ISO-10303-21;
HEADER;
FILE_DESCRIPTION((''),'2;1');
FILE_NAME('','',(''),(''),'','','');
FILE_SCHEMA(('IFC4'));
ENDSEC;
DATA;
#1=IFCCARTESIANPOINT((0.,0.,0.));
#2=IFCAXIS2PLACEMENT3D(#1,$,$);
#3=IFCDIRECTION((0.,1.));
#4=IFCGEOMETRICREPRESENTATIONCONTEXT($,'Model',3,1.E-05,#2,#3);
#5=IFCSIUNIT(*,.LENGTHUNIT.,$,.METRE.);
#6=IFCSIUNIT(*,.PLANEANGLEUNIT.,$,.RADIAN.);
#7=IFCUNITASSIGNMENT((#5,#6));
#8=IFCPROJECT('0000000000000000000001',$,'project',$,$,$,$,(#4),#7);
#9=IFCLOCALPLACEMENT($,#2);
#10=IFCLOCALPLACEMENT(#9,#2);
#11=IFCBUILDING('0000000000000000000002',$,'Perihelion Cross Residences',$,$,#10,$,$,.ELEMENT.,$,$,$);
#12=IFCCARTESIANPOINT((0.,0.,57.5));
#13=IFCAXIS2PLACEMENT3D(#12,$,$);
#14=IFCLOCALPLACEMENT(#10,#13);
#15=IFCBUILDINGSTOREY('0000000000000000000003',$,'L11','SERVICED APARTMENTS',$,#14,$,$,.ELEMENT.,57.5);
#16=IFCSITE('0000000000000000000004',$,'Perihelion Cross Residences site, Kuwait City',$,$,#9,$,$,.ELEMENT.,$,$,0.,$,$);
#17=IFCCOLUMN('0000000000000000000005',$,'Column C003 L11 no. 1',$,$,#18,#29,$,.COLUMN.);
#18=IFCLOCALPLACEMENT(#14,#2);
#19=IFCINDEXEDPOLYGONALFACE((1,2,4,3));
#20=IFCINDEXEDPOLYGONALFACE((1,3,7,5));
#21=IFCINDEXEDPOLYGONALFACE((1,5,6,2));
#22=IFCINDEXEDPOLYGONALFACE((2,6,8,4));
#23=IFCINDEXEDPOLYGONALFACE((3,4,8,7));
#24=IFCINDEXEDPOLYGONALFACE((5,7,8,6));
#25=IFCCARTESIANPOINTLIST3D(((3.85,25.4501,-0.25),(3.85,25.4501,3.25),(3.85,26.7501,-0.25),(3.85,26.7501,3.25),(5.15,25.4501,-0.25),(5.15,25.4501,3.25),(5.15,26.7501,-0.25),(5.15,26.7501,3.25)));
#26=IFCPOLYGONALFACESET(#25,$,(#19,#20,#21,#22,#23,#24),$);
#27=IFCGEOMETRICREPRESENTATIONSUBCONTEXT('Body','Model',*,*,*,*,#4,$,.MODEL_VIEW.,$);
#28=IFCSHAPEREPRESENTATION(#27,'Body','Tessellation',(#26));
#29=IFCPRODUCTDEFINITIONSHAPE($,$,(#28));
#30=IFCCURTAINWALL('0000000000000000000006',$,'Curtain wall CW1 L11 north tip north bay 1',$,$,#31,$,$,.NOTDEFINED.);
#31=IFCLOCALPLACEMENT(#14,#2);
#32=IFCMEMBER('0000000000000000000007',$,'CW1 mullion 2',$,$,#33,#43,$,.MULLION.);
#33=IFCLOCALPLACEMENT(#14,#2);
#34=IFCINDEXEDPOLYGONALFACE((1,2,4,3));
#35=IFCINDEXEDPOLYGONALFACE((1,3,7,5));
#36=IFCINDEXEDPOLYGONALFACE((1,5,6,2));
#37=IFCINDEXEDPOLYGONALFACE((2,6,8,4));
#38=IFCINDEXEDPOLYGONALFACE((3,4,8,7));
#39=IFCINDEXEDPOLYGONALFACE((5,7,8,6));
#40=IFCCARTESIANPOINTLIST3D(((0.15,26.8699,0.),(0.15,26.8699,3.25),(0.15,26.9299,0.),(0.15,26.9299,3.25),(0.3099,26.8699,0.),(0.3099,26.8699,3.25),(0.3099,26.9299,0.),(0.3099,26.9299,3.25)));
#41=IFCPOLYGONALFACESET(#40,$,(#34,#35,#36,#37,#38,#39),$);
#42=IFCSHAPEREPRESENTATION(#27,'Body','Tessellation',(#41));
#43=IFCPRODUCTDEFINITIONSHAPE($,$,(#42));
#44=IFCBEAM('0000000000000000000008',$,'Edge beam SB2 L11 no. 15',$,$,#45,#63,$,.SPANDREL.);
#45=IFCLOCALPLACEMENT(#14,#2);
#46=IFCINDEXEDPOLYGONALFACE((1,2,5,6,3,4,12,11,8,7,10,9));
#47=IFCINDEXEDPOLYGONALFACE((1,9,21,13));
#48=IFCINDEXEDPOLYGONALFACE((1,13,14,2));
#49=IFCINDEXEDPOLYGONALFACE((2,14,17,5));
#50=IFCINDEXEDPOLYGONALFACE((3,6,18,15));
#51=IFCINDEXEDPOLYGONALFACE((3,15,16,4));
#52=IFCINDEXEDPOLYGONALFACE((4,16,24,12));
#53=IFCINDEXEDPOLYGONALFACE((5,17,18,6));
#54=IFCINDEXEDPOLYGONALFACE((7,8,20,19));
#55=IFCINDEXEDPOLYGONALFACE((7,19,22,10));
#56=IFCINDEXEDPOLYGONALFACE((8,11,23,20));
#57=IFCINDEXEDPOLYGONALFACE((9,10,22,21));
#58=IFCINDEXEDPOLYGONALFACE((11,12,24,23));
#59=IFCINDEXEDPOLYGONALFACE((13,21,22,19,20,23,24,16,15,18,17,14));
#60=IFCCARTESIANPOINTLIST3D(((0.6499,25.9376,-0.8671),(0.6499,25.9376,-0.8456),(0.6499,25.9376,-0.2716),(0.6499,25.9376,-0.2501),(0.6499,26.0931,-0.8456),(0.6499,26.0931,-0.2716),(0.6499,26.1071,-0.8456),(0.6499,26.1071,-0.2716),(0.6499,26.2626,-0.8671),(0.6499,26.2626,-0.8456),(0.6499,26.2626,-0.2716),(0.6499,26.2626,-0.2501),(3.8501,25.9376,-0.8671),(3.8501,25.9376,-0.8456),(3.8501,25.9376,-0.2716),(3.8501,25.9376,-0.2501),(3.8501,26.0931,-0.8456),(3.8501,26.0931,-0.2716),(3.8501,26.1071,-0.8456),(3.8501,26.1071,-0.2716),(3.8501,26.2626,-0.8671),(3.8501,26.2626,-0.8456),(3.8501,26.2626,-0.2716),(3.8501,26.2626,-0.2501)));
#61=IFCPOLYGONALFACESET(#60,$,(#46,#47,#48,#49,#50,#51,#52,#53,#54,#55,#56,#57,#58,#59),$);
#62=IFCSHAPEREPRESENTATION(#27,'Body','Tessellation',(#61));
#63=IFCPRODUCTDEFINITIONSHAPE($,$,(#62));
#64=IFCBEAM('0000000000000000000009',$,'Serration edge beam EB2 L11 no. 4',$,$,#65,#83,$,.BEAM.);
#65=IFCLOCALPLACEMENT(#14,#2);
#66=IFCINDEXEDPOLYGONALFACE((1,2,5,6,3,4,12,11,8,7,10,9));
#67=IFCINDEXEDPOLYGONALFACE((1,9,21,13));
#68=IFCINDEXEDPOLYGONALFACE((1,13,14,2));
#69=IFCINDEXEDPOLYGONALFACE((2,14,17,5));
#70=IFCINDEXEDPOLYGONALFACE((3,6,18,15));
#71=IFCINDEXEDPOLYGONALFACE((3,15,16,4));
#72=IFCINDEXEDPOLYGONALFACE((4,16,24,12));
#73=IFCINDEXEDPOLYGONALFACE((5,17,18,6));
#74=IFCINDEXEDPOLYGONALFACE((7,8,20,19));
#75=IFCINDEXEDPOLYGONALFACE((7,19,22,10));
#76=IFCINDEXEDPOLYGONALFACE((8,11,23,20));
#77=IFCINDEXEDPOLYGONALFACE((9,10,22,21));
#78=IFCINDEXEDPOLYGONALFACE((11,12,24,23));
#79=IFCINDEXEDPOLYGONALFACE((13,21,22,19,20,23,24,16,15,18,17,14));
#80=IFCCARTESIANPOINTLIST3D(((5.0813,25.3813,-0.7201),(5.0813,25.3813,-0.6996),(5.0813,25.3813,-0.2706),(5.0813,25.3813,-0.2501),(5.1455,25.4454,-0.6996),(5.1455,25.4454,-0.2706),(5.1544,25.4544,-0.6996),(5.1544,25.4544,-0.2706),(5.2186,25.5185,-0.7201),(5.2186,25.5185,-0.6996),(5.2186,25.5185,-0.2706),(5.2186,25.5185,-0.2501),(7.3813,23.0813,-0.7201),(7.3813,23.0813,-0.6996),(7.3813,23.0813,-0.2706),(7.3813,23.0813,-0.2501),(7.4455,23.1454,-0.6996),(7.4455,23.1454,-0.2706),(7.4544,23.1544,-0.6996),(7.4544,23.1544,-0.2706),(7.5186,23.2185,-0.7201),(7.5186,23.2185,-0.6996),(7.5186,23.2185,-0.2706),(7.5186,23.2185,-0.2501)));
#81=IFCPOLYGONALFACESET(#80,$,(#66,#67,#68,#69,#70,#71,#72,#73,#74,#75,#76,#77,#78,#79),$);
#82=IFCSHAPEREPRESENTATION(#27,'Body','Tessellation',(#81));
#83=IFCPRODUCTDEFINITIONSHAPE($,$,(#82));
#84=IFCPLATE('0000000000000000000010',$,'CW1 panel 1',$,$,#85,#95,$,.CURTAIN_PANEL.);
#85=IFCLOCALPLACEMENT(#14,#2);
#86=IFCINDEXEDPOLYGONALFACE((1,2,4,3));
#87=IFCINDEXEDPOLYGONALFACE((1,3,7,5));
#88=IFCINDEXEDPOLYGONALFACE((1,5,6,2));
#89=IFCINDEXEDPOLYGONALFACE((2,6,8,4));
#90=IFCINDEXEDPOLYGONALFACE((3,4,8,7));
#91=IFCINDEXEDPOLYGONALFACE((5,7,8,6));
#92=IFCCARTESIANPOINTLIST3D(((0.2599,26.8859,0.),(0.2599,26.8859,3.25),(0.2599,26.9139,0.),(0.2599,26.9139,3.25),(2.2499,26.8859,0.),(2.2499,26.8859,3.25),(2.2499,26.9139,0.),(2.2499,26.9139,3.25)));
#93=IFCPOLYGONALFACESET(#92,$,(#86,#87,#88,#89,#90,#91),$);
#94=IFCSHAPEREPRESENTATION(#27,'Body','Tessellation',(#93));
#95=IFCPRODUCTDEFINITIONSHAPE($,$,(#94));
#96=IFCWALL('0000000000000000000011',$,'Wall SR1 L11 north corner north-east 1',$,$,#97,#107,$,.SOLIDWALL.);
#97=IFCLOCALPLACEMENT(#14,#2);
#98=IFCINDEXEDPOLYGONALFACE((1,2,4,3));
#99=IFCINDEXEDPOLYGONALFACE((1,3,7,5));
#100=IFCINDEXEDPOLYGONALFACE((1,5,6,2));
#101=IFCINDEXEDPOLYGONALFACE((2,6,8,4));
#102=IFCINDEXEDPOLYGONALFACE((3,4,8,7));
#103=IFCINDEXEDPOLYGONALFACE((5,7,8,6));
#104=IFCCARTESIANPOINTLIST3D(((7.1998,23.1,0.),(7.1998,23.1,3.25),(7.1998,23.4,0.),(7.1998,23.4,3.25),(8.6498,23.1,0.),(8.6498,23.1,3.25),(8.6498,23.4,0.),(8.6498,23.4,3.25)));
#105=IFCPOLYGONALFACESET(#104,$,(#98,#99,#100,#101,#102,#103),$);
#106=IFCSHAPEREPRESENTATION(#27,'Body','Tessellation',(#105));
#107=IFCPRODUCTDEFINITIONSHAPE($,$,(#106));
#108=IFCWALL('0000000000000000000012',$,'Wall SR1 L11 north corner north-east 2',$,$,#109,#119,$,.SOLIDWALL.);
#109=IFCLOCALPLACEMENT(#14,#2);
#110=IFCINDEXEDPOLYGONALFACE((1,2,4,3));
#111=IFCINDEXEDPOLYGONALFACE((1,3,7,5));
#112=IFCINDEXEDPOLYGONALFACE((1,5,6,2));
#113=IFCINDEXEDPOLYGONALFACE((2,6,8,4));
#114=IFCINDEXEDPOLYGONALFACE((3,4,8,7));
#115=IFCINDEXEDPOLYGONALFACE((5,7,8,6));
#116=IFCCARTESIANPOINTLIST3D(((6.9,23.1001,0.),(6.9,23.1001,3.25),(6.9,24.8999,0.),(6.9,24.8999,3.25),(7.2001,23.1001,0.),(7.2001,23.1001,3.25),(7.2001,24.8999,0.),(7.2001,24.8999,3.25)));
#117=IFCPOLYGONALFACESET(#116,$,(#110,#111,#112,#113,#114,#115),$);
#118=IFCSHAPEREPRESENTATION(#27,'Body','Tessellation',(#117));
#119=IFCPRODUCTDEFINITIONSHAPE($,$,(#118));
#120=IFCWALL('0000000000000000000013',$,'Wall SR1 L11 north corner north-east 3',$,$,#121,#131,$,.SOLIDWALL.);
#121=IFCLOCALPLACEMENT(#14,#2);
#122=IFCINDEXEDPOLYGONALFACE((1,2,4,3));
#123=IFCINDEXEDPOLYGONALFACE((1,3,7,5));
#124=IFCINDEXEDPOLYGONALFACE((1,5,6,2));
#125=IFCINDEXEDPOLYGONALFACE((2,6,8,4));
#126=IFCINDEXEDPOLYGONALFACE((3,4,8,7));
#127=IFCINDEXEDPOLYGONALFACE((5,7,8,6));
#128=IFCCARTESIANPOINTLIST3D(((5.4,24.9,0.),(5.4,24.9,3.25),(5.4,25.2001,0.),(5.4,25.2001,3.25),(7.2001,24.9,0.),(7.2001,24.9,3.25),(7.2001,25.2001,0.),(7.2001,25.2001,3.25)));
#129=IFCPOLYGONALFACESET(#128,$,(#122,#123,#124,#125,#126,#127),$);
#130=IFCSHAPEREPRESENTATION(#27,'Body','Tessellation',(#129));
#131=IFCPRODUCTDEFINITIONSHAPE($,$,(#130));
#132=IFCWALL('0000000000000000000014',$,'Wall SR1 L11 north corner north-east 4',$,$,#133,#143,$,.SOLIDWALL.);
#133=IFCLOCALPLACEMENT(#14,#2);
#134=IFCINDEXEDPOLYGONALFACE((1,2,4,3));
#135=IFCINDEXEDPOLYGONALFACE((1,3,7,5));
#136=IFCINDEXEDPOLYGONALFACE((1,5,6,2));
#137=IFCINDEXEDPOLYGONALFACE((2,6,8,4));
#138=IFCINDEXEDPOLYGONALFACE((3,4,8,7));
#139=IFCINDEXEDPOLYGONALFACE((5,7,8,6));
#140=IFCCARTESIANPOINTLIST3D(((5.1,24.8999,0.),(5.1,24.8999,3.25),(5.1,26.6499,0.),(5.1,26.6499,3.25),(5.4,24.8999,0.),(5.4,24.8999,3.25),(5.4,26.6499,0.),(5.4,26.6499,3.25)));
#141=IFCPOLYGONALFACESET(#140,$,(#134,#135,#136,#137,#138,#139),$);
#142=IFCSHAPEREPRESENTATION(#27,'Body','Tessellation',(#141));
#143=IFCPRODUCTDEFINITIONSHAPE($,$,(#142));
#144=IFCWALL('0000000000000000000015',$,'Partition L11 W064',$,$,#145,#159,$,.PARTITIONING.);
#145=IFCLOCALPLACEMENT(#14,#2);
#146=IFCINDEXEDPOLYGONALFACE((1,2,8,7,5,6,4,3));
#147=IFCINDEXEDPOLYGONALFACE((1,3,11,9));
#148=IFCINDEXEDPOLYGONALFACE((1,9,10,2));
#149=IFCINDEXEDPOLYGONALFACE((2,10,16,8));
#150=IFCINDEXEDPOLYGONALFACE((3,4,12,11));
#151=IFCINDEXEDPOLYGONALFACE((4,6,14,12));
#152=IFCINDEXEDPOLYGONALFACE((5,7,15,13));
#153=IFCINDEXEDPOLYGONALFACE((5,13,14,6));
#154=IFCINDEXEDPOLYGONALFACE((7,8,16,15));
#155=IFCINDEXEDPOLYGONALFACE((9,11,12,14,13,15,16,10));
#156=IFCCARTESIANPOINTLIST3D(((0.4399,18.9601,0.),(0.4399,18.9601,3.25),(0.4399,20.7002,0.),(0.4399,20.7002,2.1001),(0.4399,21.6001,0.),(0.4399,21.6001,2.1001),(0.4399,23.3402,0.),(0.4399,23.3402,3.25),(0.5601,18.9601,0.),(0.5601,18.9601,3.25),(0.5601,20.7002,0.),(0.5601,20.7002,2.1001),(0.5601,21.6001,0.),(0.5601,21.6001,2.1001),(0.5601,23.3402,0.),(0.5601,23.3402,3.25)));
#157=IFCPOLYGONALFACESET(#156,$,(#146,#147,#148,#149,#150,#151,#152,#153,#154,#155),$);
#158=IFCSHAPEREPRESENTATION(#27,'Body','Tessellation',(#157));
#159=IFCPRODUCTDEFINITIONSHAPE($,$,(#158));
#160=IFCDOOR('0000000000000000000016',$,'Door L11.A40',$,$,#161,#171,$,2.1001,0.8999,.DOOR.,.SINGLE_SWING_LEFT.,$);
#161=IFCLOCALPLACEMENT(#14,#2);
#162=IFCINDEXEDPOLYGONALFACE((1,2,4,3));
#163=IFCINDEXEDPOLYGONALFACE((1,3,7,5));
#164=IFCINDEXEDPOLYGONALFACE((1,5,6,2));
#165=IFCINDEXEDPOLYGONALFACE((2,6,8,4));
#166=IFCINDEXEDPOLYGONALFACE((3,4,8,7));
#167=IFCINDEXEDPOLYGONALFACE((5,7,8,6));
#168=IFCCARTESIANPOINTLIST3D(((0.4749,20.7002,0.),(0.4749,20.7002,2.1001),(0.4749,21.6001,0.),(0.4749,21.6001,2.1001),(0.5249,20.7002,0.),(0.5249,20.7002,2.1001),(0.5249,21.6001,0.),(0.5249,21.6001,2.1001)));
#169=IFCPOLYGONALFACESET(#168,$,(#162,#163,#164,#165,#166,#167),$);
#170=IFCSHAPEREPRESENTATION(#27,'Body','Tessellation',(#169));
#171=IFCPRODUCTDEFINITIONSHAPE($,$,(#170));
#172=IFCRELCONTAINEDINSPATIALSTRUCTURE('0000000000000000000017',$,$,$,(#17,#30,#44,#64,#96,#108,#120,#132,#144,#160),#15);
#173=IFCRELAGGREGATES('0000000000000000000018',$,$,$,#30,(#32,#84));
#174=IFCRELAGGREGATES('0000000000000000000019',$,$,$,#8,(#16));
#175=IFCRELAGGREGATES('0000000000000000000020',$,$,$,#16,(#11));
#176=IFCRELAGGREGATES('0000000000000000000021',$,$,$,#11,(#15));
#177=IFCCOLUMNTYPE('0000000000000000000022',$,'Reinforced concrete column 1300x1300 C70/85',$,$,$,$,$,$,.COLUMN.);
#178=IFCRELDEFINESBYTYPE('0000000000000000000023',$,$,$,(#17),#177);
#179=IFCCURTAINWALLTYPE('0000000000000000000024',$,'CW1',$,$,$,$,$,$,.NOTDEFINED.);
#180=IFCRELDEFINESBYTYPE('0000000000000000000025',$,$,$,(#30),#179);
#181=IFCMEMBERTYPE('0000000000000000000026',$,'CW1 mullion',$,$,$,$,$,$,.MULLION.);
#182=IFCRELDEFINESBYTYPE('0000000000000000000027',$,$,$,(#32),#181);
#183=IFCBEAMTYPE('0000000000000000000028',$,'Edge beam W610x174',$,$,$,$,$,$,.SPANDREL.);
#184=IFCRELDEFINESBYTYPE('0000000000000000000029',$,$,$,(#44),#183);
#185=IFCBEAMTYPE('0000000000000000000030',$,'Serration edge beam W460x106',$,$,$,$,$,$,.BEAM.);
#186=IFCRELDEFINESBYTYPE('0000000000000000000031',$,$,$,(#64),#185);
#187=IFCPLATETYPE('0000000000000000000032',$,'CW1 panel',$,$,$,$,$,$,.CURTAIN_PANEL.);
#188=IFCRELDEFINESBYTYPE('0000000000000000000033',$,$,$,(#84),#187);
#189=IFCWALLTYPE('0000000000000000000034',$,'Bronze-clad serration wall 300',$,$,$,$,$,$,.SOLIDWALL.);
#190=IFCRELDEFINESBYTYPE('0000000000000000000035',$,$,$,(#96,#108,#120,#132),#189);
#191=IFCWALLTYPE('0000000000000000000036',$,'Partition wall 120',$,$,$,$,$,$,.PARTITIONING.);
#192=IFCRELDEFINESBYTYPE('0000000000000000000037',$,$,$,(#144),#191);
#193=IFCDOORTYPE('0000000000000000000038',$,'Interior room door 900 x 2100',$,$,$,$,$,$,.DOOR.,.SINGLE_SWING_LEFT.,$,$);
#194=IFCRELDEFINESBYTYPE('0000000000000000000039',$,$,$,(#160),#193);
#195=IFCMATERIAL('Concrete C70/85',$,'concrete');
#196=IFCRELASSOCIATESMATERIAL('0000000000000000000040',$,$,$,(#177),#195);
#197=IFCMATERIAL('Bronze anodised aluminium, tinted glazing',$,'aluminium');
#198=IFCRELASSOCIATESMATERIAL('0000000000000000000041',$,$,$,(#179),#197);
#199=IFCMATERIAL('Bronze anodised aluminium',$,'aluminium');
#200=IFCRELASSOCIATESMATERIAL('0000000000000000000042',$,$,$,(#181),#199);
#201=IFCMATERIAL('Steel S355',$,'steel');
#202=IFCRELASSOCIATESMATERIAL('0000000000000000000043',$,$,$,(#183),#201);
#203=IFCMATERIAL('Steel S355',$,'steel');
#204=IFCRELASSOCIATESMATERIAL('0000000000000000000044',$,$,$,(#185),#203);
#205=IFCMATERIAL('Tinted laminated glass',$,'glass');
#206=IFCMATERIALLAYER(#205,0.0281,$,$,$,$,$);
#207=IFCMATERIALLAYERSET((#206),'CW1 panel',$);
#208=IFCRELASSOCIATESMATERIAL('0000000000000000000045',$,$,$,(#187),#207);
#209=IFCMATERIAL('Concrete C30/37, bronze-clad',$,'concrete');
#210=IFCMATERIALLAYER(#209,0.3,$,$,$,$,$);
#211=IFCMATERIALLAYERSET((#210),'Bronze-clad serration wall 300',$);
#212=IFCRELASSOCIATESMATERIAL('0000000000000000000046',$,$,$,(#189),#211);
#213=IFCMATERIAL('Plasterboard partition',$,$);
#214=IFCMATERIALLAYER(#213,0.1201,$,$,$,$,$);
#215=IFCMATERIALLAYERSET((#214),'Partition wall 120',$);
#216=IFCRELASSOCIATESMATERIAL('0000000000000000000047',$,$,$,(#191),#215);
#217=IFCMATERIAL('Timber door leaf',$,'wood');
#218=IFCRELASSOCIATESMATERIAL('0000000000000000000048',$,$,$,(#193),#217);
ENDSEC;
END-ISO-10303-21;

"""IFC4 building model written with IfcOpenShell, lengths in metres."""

from ifc_helpers import new_model, si_unit, direction, frame, frame_2d, origin, origin_2d, place, context, subcontext, project, spatial, rectangle, i_section, extrude, material, layer, layer_set, material_profile, profile_set, type_object, element, fill, aggregate, save


model = new_model("IFC4")

# Units and contexts
model_context = context("Model", 3, precision=1e-05, world=origin(), true_north=direction((0.0, 1.0)))
body_context = subcontext(model_context, "Body", "Model", "MODEL_VIEW")
ifc_project = project(units=[si_unit("LENGTHUNIT", "METRE"), si_unit("PLANEANGLEUNIT", "RADIAN")], contexts=[model_context])

# Site, building, storey
site_placement = place(None, origin())
site = spatial("IfcSite", under=ifc_project, at=site_placement, Name="Perihelion Cross Residences site, Kuwait City", CompositionType="ELEMENT", RefElevation=0.0)
building_placement = place(site_placement, origin())
building = spatial("IfcBuilding", under=site, at=building_placement, Name="Perihelion Cross Residences", CompositionType="ELEMENT")
storey_placement = place(building_placement, frame((0.0, 0.0, 57.5)))
storey = spatial("IfcBuildingStorey", under=building, at=storey_placement, Name="L11", Description="SERVICED APARTMENTS", CompositionType="ELEMENT", Elevation=57.5)

# Column
ifc_material_1 = material(Name="Concrete C70/85", Category="concrete")
ifc_material_profile_1 = material_profile(ifc_material_1, rectangle(XDim=1.3, YDim=1.3, at=origin_2d()), Name="RC 1300x1300")
ifc_profile_set_1 = profile_set([ifc_material_profile_1], Name="Concrete C70/85")
column_type = type_object("IfcColumnType", Name="Reinforced concrete column 1300x1300 C70/85", PredefinedType="COLUMN", material=ifc_profile_set_1)
column_placement = place(storey_placement, frame((4.5, 26.1001, -0.25), z_axis=(0.0, 0.0, 1.0), x_axis=(1.0, 0.0, 0.0)))
element("IfcColumn", 1, at=column_placement, inside=storey, type_object=column_type, Name="Column C003 L11 no. 1", PredefinedType="COLUMN", context=body_context, shape_type="SweptSolid", body=[
    extrude(rectangle(XDim=1.3, YDim=1.3, at=origin_2d()), origin(), (0.0, 0.0, 1.0), 3.5),
])

# Curtain wall, member
ifc_material_2 = material(Name="Bronze anodised aluminium, tinted glazing", Category="aluminium")
curtain_wall_type = type_object("IfcCurtainWallType", Name="CW1", PredefinedType="NOTDEFINED", material=ifc_material_2)
curtain_wall_placement = place(storey_placement, origin())
curtain_wall = element("IfcCurtainWall", 2, at=curtain_wall_placement, inside=storey, type_object=curtain_wall_type, Name="Curtain wall CW1 L11 north tip north bay 1", PredefinedType="NOTDEFINED")
ifc_material_3 = material(Name="Bronze anodised aluminium", Category="aluminium")
ifc_material_profile_2 = material_profile(ifc_material_3, rectangle(XDim=0.0601, YDim=0.1599, at=origin_2d()), Name="CW1 mullion")
ifc_profile_set_2 = profile_set([ifc_material_profile_2], Name="Bronze anodised aluminium")
member_type = type_object("IfcMemberType", Name="CW1 mullion", PredefinedType="MULLION", material=ifc_profile_set_2)
member_placement = place(storey_placement, frame((0.23, 26.8999, 0.0), z_axis=(0.0, 0.0, 1.0), x_axis=(0.0, -1.0, 0.0)))
member = element("IfcMember", 3, at=member_placement, type_object=member_type, Name="CW1 mullion 2", PredefinedType="MULLION", context=body_context, shape_type="SweptSolid", body=[
    extrude(rectangle(XDim=0.0601, YDim=0.1599, at=origin_2d()), origin(), (0.0, 0.0, 1.0), 3.25),
])

# Beams
ifc_material_4 = material(Name="Steel S355", Category="steel")
ifc_material_profile_3 = material_profile(ifc_material_4, i_section(OverallWidth=0.325, OverallDepth=0.6169, WebThickness=0.0139, FlangeThickness=0.0215, at=origin_2d()), Name="W610x174")
ifc_profile_set_3 = profile_set([ifc_material_profile_3], Name="Steel S355")
beam_type_1 = type_object("IfcBeamType", Name="Edge beam W610x174", PredefinedType="SPANDREL", material=ifc_profile_set_3)
beam_1_placement = place(storey_placement, frame((3.8501, 26.1001, -0.5586), z_axis=(-1.0, 0.0, 0.0), x_axis=(0.0, -1.0, 0.0)))
element("IfcBeam", 4, at=beam_1_placement, inside=storey, type_object=beam_type_1, Name="Edge beam SB2 L11 no. 15", PredefinedType="SPANDREL", context=body_context, shape_type="SweptSolid", body=[
    extrude(i_section(OverallWidth=0.325, OverallDepth=0.6169, WebThickness=0.0139, FlangeThickness=0.0215, at=origin_2d()), origin(), (0.0, 0.0, 1.0), 3.2002),
])
ifc_material_5 = material(Name="Steel S355", Category="steel")
ifc_material_profile_4 = material_profile(ifc_material_5, i_section(OverallWidth=0.1941, OverallDepth=0.47, WebThickness=0.0127, FlangeThickness=0.0205, at=origin_2d()), Name="W460x106")
ifc_profile_set_4 = profile_set([ifc_material_profile_4], Name="Steel S355")
beam_type_2 = type_object("IfcBeamType", Name="Serration edge beam W460x106", PredefinedType="BEAM", material=ifc_profile_set_4)
beam_2_placement = place(storey_placement, frame((7.45, 23.1499, -0.4851), z_axis=(-0.707107, 0.707107, 0.0), x_axis=(-0.707107, -0.707107, 0.0)))
element("IfcBeam", 5, at=beam_2_placement, inside=storey, type_object=beam_type_2, Name="Serration edge beam EB2 L11 no. 4", PredefinedType="BEAM", context=body_context, shape_type="SweptSolid", body=[
    extrude(i_section(OverallWidth=0.1941, OverallDepth=0.47, WebThickness=0.0127, FlangeThickness=0.0205, at=origin_2d()), origin(), (0.0, 0.0, 1.0), 3.2527),
])

# Plate
ifc_material_6 = material(Name="Tinted laminated glass", Category="glass")
ifc_layer_1 = layer(ifc_material_6, 0.0281)
ifc_layer_set_1 = layer_set([ifc_layer_1], Name="CW1 panel")
plate_type = type_object("IfcPlateType", Name="CW1 panel", PredefinedType="CURTAIN_PANEL", material=ifc_layer_set_1)
plate_placement = place(storey_placement, frame((1.2549, 26.8999, 0.0), z_axis=(0.0, 0.0, 1.0), x_axis=(-1.0, 0.0, 0.0)))
plate = element("IfcPlate", 6, at=plate_placement, type_object=plate_type, Name="CW1 panel 1", PredefinedType="CURTAIN_PANEL", context=body_context, shape_type="SweptSolid", body=[
    extrude(rectangle(XDim=1.99, YDim=0.0281, at=origin_2d()), origin(), (0.0, 0.0, 1.0), 3.25),
])
aggregate(curtain_wall, [member, plate])

# Walls
ifc_material_7 = material(Name="Concrete C30/37, bronze-clad", Category="concrete")
ifc_layer_2 = layer(ifc_material_7, 0.3)
ifc_layer_set_2 = layer_set([ifc_layer_2], Name="Bronze-clad serration wall 300")
wall_type_1 = type_object("IfcWallType", Name="Bronze-clad serration wall 300", PredefinedType="SOLIDWALL", material=ifc_layer_set_2)
wall_1_placement = place(storey_placement, frame((8.6499, 23.25, 0.0), z_axis=(0.0, 0.0, 1.0), x_axis=(-1.0, 0.0, 0.0)))
element("IfcWall", 7, at=wall_1_placement, inside=storey, type_object=wall_type_1, Name="Wall SR1 L11 north corner north-east 1", PredefinedType="SOLIDWALL", context=body_context, shape_type="SweptSolid", body=[
    extrude(rectangle(XDim=1.45, YDim=0.3, at=frame_2d((0.7251, 0.0))), origin(), (0.0, 0.0, 1.0), 3.25),
])
wall_2_placement = place(storey_placement, frame((7.05, 23.1001, 0.0), z_axis=(0.0, 0.0, 1.0), x_axis=(0.0, 1.0, 0.0)))
element("IfcWall", 8, at=wall_2_placement, inside=storey, type_object=wall_type_1, Name="Wall SR1 L11 north corner north-east 2", PredefinedType="SOLIDWALL", context=body_context, shape_type="SweptSolid", body=[
    extrude(rectangle(XDim=1.7998, YDim=0.3, at=frame_2d((0.8999, 0.0))), origin(), (0.0, 0.0, 1.0), 3.25),
])
wall_3_placement = place(storey_placement, frame((7.2, 25.05, 0.0), z_axis=(0.0, 0.0, 1.0), x_axis=(-1.0, 0.0, 0.0)))
element("IfcWall", 9, at=wall_3_placement, inside=storey, type_object=wall_type_1, Name="Wall SR1 L11 north corner north-east 3", PredefinedType="SOLIDWALL", context=body_context, shape_type="SweptSolid", body=[
    extrude(rectangle(XDim=1.8, YDim=0.3, at=frame_2d((0.8999, 0.0))), origin(), (0.0, 0.0, 1.0), 3.25),
])
wall_4_placement = place(storey_placement, frame((5.25, 24.8999, 0.0), z_axis=(0.0, 0.0, 1.0), x_axis=(0.0, 1.0, 0.0)))
element("IfcWall", 10, at=wall_4_placement, inside=storey, type_object=wall_type_1, Name="Wall SR1 L11 north corner north-east 4", PredefinedType="SOLIDWALL", context=body_context, shape_type="SweptSolid", body=[
    extrude(rectangle(XDim=1.75, YDim=0.3, at=frame_2d((0.875, 0.0))), origin(), (0.0, 0.0, 1.0), 3.25),
])

# Wall, opening, door
ifc_material_8 = material(Name="Plasterboard partition")
ifc_layer_3 = layer(ifc_material_8, 0.1201)
ifc_layer_set_3 = layer_set([ifc_layer_3], Name="Partition wall 120")
wall_type_2 = type_object("IfcWallType", Name="Partition wall 120", PredefinedType="PARTITIONING", material=ifc_layer_set_3)
wall_5_placement = place(storey_placement, frame((0.5, 23.3401, 0.0), z_axis=(0.0, 0.0, 1.0), x_axis=(0.0, -1.0, 0.0)))
wall_5 = element("IfcWall", 11, at=wall_5_placement, inside=storey, type_object=wall_type_2, Name="Partition L11 W064", PredefinedType="PARTITIONING", context=body_context, shape_type="SweptSolid", body=[
    extrude(rectangle(XDim=4.3801, YDim=0.1201, at=frame_2d((2.1899, 0.0))), origin(), (0.0, 0.0, 1.0), 3.25),
])
opening_1_placement = place(wall_5_placement, frame((1.74, 0.0, 0.0)))
opening_1 = element("IfcOpeningElement", 12, at=opening_1_placement, cuts=wall_5, PredefinedType="OPENING", context=body_context, shape_type="SweptSolid", body=[
    extrude(rectangle(XDim=0.8999, YDim=2.1001, at=frame_2d((0.45, 1.05))), frame((0.0, 0.0701, 0.0), z_axis=(0.0, -1.0, 0.0), x_axis=(1.0, 0.0, 0.0)), (0.0, 0.0, 1.0), 0.1401),
])
ifc_material_9 = material(Name="Timber door leaf", Category="wood")
door_type_1 = type_object("IfcDoorType", Name="Interior room door 900 x 2100", OperationType="SINGLE_SWING_LEFT", PredefinedType="DOOR", material=ifc_material_9)
door_1_placement = place(opening_1_placement, origin())
door_1 = element("IfcDoor", 13, at=door_1_placement, inside=storey, type_object=door_type_1, Name="Door L11.A40", OperationType="SINGLE_SWING_LEFT", OverallHeight=2.1001, OverallWidth=0.8999, PredefinedType="DOOR", context=body_context, shape_type="SweptSolid", body=[
    extrude(rectangle(XDim=0.8999, YDim=2.1001, at=frame_2d((0.45, 1.05))), frame((0.0, 0.0249, 0.0), z_axis=(0.0, -1.0, 0.0), x_axis=(1.0, 0.0, 0.0)), (0.0, 0.0, 1.0), 0.05),
])
fill(opening_1, door_1)

save(model, "model.ifc")
